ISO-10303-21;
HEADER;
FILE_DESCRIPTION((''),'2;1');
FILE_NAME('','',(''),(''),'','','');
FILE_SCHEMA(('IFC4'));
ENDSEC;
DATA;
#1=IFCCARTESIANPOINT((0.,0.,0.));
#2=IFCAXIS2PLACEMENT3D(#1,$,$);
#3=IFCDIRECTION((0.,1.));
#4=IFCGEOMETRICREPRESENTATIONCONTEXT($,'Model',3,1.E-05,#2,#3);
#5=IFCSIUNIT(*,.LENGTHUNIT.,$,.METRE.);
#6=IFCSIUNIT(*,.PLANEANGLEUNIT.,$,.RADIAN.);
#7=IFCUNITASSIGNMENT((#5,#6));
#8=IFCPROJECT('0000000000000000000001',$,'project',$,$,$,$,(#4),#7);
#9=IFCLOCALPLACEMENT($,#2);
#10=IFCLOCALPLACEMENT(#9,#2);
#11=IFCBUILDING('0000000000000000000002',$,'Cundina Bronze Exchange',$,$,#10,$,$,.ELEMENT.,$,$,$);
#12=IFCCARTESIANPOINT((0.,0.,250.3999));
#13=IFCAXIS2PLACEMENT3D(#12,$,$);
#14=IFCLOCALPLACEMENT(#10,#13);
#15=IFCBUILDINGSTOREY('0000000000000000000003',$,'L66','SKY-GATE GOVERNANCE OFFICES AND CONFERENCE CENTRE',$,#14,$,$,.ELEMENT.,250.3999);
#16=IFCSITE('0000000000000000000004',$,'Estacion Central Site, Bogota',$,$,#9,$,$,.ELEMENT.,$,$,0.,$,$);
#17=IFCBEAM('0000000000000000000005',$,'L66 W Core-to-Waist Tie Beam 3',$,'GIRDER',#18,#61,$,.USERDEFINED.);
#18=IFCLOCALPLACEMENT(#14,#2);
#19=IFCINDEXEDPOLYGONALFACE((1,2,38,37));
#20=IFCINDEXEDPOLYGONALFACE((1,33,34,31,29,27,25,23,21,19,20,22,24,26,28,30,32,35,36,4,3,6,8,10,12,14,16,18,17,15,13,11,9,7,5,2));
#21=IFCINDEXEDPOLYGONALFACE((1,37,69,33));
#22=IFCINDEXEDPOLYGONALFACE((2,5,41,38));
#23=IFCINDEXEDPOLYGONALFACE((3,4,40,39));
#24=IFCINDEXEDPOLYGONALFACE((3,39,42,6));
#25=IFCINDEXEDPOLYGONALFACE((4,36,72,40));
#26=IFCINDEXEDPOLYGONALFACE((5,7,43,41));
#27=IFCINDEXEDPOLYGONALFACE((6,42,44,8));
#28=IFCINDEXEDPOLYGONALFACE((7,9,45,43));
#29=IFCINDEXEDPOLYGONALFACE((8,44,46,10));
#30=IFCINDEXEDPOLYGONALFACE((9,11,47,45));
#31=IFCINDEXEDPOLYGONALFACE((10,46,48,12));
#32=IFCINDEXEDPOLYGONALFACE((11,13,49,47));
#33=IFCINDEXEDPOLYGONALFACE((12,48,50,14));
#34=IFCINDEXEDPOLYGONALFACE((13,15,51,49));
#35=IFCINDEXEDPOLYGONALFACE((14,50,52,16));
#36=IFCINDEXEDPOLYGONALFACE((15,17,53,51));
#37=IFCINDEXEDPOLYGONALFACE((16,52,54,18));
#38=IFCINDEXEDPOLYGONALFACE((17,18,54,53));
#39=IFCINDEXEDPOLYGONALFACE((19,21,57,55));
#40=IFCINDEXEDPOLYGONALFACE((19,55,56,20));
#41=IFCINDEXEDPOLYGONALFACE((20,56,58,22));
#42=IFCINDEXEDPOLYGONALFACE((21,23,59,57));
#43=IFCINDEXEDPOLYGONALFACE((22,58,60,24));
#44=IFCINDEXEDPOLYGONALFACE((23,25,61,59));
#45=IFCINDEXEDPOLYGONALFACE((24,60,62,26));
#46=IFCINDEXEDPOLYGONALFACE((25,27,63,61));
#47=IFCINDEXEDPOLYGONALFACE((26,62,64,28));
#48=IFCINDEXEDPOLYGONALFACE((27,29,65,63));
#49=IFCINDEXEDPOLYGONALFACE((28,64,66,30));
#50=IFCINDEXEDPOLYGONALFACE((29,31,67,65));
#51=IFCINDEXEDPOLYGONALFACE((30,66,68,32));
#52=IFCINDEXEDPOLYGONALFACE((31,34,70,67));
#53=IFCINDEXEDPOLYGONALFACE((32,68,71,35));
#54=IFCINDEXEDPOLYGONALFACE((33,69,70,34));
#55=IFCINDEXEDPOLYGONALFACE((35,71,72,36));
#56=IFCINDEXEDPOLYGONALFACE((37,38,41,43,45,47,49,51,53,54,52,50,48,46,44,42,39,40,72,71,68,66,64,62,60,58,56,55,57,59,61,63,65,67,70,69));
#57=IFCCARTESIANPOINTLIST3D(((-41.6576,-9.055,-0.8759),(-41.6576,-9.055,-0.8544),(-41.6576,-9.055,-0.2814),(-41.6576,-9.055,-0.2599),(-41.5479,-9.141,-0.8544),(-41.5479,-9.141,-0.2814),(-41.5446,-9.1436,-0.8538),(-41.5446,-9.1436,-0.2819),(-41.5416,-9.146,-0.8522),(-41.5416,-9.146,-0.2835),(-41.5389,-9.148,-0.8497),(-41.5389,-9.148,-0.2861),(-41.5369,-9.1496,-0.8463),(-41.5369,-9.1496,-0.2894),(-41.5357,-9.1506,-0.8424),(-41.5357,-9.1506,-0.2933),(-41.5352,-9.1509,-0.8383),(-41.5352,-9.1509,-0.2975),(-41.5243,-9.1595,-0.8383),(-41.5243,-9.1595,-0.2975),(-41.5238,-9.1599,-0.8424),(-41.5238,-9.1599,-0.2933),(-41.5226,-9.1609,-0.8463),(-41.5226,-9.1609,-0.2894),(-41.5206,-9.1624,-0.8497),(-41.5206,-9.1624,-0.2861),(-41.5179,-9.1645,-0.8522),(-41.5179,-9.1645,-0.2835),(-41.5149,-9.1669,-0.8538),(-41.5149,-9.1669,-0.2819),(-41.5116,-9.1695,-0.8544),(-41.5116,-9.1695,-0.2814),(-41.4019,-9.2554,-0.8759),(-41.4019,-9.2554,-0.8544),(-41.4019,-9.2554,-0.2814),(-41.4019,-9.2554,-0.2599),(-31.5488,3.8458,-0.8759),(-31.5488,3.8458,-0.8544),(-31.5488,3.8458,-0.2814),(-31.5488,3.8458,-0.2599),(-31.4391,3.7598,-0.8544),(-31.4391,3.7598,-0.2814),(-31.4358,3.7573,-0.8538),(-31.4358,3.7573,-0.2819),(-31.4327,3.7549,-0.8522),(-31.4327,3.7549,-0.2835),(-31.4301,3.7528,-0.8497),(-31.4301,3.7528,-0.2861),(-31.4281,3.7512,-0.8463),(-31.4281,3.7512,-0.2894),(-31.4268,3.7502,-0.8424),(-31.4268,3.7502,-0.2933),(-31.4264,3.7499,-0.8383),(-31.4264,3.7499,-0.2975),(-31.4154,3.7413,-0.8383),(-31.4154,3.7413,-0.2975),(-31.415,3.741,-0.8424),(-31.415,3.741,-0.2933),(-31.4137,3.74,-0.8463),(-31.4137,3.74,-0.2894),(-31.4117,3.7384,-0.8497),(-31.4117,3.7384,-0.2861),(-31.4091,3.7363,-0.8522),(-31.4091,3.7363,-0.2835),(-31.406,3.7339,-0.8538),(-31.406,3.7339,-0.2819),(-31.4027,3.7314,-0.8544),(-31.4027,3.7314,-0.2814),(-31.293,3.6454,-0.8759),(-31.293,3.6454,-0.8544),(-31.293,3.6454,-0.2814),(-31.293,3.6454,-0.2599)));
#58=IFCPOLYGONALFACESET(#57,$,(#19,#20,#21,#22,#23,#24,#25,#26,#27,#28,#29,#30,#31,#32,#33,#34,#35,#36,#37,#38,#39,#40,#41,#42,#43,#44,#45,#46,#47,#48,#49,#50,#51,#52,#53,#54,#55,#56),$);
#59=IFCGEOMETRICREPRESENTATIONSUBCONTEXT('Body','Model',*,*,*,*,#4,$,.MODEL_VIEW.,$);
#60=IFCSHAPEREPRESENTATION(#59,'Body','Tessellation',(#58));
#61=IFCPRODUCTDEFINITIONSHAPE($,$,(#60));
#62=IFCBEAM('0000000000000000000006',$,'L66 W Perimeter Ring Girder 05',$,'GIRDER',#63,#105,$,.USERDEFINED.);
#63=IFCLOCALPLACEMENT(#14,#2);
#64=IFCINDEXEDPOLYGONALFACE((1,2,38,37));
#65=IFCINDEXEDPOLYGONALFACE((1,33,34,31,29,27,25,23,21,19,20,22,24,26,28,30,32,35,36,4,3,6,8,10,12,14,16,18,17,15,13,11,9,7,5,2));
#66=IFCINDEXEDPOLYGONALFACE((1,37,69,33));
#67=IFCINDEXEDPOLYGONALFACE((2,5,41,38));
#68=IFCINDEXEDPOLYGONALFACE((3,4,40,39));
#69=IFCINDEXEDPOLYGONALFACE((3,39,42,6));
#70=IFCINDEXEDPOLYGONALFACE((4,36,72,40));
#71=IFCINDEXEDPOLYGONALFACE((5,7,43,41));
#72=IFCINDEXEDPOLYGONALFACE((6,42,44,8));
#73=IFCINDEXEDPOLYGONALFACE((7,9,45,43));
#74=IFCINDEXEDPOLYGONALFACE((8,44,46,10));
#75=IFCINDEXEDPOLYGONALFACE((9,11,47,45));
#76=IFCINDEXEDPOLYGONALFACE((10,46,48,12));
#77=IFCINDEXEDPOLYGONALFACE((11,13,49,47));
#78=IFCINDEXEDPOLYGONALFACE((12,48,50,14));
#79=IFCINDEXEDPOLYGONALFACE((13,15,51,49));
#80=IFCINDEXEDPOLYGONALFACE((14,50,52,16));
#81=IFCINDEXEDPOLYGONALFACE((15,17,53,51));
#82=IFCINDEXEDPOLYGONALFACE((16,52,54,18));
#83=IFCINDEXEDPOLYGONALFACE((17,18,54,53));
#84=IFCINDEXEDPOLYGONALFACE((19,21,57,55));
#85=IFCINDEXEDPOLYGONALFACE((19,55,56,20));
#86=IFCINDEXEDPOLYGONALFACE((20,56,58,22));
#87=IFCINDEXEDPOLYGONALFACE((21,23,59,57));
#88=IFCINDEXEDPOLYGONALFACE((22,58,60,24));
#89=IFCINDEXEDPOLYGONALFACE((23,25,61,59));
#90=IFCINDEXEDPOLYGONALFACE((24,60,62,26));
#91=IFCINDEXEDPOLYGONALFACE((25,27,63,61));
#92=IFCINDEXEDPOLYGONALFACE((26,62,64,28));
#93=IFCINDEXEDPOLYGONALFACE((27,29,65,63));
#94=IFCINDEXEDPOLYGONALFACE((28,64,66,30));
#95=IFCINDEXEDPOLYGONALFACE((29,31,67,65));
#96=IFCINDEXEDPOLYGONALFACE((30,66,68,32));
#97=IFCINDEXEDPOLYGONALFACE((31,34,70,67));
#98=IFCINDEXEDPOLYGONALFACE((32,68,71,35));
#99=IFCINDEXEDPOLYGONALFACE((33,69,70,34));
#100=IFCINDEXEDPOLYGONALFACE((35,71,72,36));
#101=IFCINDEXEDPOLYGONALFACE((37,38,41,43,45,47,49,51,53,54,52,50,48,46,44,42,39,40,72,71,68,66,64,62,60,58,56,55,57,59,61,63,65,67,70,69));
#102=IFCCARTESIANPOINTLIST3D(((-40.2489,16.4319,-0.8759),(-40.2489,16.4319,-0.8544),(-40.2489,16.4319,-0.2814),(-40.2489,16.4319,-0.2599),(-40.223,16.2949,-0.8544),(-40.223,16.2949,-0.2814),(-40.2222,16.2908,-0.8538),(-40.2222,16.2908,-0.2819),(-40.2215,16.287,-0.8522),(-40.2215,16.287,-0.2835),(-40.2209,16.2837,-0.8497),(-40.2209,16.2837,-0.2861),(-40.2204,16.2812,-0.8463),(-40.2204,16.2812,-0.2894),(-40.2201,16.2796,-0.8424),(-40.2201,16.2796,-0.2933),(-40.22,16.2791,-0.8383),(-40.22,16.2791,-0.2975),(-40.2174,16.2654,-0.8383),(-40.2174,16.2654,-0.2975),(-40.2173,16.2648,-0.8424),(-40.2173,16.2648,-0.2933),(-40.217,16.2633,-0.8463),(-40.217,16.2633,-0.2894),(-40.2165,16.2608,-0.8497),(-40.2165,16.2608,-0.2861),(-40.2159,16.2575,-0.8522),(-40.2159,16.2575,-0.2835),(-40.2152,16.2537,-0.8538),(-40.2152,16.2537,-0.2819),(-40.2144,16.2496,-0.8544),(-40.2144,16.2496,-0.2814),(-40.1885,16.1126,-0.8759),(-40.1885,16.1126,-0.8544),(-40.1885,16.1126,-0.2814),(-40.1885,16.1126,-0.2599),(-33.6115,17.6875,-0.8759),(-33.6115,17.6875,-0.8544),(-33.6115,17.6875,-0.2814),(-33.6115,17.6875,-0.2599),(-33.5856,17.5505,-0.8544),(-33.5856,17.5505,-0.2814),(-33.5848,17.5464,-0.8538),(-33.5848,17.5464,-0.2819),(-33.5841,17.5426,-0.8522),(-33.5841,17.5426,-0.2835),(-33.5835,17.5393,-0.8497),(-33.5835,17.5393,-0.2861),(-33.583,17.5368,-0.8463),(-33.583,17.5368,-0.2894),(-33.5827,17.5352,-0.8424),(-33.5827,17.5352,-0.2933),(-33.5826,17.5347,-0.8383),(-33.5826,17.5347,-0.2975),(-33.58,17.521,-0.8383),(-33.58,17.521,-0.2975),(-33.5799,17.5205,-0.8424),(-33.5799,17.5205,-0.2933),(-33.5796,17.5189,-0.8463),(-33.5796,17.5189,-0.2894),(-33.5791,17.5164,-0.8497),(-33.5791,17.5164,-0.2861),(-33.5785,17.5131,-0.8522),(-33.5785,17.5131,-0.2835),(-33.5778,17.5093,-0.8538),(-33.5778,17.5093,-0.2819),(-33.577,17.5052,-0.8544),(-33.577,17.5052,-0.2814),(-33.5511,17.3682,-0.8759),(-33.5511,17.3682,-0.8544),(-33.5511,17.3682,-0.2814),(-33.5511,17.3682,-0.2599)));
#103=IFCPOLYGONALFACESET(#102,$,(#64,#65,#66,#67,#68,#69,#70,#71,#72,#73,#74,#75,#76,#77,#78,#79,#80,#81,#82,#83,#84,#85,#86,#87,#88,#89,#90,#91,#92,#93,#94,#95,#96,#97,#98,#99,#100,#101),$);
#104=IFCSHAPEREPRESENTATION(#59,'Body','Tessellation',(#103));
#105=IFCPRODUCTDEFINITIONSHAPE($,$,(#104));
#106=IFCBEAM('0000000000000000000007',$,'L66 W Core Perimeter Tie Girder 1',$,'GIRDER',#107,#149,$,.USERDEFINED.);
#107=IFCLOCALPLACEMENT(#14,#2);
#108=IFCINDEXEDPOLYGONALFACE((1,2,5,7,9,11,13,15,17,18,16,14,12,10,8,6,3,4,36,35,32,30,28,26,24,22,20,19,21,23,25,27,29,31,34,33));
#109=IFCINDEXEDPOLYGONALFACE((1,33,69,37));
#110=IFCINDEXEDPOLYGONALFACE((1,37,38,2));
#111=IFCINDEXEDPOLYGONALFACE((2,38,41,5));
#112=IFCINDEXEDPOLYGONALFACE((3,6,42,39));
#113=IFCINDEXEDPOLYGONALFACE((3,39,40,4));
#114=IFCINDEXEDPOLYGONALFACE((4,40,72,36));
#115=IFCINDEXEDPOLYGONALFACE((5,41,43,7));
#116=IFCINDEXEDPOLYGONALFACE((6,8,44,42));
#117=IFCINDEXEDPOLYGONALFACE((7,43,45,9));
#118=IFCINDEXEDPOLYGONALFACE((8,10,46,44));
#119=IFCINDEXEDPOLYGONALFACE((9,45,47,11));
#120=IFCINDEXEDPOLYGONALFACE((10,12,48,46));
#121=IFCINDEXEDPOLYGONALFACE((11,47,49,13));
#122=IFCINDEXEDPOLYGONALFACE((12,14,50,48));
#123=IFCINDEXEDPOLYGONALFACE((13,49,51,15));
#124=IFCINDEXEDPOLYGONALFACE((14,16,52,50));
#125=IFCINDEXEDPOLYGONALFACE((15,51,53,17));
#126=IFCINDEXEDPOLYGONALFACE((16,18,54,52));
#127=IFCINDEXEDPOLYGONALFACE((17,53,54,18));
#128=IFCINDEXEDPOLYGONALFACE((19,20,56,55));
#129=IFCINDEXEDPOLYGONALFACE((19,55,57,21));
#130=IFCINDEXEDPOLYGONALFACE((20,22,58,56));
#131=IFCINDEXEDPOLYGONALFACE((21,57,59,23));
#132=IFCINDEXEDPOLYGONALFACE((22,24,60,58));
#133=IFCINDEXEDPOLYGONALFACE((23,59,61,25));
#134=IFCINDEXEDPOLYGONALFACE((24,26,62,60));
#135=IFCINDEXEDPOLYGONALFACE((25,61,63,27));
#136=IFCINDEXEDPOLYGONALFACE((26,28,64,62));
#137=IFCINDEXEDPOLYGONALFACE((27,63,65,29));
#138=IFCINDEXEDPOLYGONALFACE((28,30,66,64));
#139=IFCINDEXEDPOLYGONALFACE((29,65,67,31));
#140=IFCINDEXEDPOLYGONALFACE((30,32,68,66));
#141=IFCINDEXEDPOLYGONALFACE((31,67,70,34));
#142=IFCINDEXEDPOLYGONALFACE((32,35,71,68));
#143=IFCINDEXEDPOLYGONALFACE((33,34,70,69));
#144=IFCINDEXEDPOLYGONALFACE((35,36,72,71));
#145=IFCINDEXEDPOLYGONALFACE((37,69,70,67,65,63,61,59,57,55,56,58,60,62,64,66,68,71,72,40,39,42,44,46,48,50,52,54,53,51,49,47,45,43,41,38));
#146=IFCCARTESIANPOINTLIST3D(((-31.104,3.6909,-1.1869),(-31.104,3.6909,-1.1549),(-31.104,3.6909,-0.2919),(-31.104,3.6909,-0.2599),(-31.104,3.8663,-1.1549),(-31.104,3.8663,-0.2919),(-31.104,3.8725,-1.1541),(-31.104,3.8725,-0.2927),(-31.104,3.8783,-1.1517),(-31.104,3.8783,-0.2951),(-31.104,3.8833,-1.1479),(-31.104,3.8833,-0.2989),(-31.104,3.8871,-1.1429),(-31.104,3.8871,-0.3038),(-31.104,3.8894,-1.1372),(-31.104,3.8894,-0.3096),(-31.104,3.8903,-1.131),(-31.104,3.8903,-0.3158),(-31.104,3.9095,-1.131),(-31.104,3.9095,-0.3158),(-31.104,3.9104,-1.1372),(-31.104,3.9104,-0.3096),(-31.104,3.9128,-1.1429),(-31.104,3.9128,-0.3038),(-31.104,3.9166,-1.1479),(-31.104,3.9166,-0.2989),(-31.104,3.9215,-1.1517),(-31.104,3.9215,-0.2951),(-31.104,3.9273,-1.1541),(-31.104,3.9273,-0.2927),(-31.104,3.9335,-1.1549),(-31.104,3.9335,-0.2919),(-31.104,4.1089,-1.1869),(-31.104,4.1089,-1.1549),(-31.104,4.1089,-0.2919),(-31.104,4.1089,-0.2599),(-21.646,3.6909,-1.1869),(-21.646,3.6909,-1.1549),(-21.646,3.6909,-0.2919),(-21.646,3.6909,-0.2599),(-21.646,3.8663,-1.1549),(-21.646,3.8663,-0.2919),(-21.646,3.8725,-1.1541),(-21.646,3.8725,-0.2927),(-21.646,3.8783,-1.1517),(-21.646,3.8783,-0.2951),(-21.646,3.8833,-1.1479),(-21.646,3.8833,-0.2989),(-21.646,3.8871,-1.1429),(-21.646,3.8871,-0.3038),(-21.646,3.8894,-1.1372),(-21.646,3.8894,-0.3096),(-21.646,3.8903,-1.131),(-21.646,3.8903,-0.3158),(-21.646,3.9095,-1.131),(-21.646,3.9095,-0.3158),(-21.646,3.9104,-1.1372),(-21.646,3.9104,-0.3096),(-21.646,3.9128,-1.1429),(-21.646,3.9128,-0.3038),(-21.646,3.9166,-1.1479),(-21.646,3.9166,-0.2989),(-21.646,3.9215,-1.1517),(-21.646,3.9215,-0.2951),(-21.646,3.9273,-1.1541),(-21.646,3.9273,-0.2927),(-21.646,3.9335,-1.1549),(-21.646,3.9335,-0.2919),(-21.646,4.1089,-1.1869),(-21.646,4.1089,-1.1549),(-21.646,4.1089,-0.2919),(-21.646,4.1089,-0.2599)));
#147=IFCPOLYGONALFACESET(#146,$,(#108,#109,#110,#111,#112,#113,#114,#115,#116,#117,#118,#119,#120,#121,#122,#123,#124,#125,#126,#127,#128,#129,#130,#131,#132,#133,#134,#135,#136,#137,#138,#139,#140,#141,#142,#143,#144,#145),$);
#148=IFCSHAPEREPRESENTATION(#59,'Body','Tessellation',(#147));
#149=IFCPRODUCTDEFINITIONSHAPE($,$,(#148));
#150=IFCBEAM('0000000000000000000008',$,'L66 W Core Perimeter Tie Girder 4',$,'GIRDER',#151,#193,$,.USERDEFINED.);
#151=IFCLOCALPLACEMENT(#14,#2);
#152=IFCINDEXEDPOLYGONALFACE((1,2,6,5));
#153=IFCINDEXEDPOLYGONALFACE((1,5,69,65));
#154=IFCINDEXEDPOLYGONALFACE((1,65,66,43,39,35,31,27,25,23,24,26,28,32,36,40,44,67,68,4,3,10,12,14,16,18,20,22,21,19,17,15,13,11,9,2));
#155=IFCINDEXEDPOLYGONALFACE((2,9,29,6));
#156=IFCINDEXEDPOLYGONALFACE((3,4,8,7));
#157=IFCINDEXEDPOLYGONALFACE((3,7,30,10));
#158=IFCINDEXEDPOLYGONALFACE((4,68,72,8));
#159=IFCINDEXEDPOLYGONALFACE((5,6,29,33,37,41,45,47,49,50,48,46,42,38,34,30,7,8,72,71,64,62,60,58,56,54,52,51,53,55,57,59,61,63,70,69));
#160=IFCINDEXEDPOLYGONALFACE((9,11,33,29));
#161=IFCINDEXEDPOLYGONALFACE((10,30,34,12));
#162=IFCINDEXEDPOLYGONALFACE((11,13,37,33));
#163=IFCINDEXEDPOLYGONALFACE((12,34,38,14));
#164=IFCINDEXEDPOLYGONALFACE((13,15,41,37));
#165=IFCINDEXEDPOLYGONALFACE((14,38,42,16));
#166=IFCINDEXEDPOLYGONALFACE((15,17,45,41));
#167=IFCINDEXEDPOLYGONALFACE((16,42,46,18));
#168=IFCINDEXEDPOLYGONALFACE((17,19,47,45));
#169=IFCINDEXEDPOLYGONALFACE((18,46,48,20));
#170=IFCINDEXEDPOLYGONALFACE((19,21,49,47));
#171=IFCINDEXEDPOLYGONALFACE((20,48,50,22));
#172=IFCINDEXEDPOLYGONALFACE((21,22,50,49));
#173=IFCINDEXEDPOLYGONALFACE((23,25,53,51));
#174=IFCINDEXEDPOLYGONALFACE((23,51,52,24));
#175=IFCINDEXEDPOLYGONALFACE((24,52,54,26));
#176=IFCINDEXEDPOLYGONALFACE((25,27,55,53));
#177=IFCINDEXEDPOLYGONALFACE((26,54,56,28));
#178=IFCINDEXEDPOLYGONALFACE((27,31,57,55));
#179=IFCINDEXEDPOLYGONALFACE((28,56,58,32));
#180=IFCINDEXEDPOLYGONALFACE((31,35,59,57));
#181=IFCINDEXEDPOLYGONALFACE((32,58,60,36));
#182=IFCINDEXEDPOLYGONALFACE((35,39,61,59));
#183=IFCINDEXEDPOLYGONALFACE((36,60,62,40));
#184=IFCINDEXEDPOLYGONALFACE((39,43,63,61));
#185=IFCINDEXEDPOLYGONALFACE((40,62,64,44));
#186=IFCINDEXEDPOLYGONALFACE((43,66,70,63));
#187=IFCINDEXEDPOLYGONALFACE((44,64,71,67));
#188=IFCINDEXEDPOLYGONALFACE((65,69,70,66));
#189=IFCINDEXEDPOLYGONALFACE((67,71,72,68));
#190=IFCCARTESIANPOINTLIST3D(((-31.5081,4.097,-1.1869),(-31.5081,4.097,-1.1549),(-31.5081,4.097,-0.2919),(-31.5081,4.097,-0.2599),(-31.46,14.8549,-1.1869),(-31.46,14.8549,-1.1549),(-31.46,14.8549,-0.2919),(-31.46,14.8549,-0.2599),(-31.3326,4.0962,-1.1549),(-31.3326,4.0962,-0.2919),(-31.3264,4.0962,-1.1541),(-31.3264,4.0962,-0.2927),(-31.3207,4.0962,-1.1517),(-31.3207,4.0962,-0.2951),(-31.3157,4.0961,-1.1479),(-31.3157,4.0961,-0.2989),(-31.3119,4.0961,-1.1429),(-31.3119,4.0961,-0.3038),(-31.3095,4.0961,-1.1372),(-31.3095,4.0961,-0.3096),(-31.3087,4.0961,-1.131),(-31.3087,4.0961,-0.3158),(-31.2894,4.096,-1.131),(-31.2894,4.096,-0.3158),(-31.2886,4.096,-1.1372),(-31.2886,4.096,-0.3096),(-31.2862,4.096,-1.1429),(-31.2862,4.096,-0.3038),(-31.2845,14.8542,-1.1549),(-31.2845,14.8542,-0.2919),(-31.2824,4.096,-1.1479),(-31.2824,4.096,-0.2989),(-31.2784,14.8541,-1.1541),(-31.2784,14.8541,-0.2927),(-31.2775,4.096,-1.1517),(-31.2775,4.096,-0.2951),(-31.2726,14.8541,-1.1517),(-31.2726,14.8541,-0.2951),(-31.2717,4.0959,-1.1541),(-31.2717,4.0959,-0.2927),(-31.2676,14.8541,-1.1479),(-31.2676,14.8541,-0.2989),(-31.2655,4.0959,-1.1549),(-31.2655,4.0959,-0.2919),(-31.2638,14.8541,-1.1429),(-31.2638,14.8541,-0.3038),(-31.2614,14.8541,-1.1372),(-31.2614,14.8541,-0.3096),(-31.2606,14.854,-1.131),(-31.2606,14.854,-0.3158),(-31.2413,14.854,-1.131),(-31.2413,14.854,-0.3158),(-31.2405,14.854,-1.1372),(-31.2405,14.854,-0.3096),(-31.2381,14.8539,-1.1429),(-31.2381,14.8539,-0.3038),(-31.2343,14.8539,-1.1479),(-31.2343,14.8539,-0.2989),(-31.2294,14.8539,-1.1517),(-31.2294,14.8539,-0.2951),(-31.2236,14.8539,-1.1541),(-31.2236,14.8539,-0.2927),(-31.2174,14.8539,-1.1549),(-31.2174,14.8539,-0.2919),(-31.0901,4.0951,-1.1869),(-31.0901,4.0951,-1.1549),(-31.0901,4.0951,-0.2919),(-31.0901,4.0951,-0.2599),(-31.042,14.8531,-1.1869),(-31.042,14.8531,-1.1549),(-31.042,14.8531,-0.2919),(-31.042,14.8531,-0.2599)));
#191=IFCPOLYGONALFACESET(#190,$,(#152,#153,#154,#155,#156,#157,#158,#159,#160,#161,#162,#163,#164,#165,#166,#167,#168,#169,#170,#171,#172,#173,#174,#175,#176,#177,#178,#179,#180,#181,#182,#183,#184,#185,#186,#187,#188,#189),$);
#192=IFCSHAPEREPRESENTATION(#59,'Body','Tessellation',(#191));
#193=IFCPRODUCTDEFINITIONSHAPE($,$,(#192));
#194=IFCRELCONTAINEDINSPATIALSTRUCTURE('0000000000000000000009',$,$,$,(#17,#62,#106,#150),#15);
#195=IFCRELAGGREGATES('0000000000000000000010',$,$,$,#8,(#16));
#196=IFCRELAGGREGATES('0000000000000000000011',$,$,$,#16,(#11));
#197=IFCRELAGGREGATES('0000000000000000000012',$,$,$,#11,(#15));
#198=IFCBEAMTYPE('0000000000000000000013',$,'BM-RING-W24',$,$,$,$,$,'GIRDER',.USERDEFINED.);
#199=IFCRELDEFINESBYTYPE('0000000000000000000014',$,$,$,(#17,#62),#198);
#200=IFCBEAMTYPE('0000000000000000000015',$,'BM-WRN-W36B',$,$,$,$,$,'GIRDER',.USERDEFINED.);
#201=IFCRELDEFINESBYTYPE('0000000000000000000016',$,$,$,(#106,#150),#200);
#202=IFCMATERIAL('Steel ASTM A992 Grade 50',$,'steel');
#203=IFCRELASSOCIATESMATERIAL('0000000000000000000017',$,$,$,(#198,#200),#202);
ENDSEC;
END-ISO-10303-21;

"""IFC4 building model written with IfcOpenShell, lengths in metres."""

from ifc_helpers import new_model, si_unit, direction, frame, origin, origin_2d, place, context, subcontext, project, spatial, i_section, extrude, material, material_profile, profile_set, type_object, element, save


model = new_model("IFC4")

# Units and contexts
model_context = context("Model", 3, precision=1e-05, world=origin(), true_north=direction((0.0, 1.0)))
body_context = subcontext(model_context, "Body", "Model", "MODEL_VIEW")
ifc_project = project(units=[si_unit("LENGTHUNIT", "METRE"), si_unit("PLANEANGLEUNIT", "RADIAN")], contexts=[model_context])

# Site, building, storey
site_placement = place(None, origin())
site = spatial("IfcSite", under=ifc_project, at=site_placement, Name="Estacion Central Site, Bogota", CompositionType="ELEMENT", RefElevation=0.0)
building_placement = place(site_placement, origin())
building = spatial("IfcBuilding", under=site, at=building_placement, Name="Cundina Bronze Exchange", CompositionType="ELEMENT")
storey_placement = place(building_placement, frame((0.0, 0.0, 250.3999)))
storey = spatial("IfcBuildingStorey", under=building, at=storey_placement, Name="L66", Description="SKY-GATE GOVERNANCE OFFICES AND CONFERENCE CENTRE", CompositionType="ELEMENT", Elevation=250.3999)

# Shared definitions
ifc_material_1 = material(Name="Steel ASTM A992 Grade 50", Category="steel")

# Beams
ifc_material_profile_1 = material_profile(ifc_material_1, i_section(OverallWidth=0.325, OverallDepth=0.616, WebThickness=0.0139, FlangeThickness=0.0215, FilletRadius=0.0161, at=origin_2d()), Name="W24X117", Category="steel")
ifc_profile_set_1 = profile_set([ifc_material_profile_1], Name="Steel ASTM A992 Grade 50")
beam_type_1 = type_object("IfcBeamType", Name="BM-RING-W24", ElementType="GIRDER", PredefinedType="USERDEFINED", material=ifc_profile_set_1)
beam_1_placement = place(storey_placement, frame((-31.4209, 3.7456, -0.5679), z_axis=(-0.616783, -0.787133, 0.0), x_axis=(0.787133, -0.616783, 0.0)))
element("IfcBeam", 1, at=beam_1_placement, inside=storey, type_object=beam_type_1, Name="L66 W Core-to-Waist Tie Beam 3", ObjectType="GIRDER", PredefinedType="USERDEFINED", context=body_context, shape_type="SweptSolid", body=[
    extrude(i_section(OverallWidth=0.325, OverallDepth=0.616, WebThickness=0.0139, FlangeThickness=0.0215, FilletRadius=0.0161, at=origin_2d()), origin(), (0.0, 0.0, 1.0), 16.3896),
])
beam_2_placement = place(storey_placement, frame((-33.5813, 17.5278, -0.5679), z_axis=(-0.982573, -0.185875, 0.0), x_axis=(0.185875, -0.982573, 0.0)))
element("IfcBeam", 2, at=beam_2_placement, inside=storey, type_object=beam_type_1, Name="L66 W Perimeter Ring Girder 05", ObjectType="GIRDER", PredefinedType="USERDEFINED", context=body_context, shape_type="SweptSolid", body=[
    extrude(i_section(OverallWidth=0.325, OverallDepth=0.616, WebThickness=0.0139, FlangeThickness=0.0215, FilletRadius=0.0161, at=origin_2d()), origin(), (0.0, 0.0, 1.0), 6.7551),
])
ifc_material_profile_2 = material_profile(ifc_material_1, i_section(OverallWidth=0.418, OverallDepth=0.927, WebThickness=0.0193, FlangeThickness=0.032, FilletRadius=0.0239, at=origin_2d()), Name="W36X231", Category="steel")
ifc_profile_set_2 = profile_set([ifc_material_profile_2], Name="Steel ASTM A992 Grade 50")
beam_type_2 = type_object("IfcBeamType", Name="BM-WRN-W36B", ElementType="GIRDER", PredefinedType="USERDEFINED", material=ifc_profile_set_2)
beam_3_placement = place(storey_placement, frame((-31.104, 3.8999, -0.7234), z_axis=(1.0, 0.0, 0.0), x_axis=(0.0, 1.0, 0.0)))
element("IfcBeam", 3, at=beam_3_placement, inside=storey, type_object=beam_type_2, Name="L66 W Core Perimeter Tie Girder 1", ObjectType="GIRDER", PredefinedType="USERDEFINED", context=body_context, shape_type="SweptSolid", body=[
    extrude(i_section(OverallWidth=0.418, OverallDepth=0.927, WebThickness=0.0193, FlangeThickness=0.032, FilletRadius=0.0239, at=origin_2d()), origin(), (0.0, 0.0, 1.0), 9.458),
])
beam_4_placement = place(storey_placement, frame((-31.251, 14.854, -0.7234), z_axis=(-0.004471, -0.99999, 0.0), x_axis=(0.99999, -0.004471, 0.0)))
element("IfcBeam", 4, at=beam_4_placement, inside=storey, type_object=beam_type_2, Name="L66 W Core Perimeter Tie Girder 4", ObjectType="GIRDER", PredefinedType="USERDEFINED", context=body_context, shape_type="SweptSolid", body=[
    extrude(i_section(OverallWidth=0.418, OverallDepth=0.927, WebThickness=0.0193, FlangeThickness=0.032, FilletRadius=0.0239, at=origin_2d()), origin(), (0.0, 0.0, 1.0), 10.7581),
])

save(model, "model.ifc")
